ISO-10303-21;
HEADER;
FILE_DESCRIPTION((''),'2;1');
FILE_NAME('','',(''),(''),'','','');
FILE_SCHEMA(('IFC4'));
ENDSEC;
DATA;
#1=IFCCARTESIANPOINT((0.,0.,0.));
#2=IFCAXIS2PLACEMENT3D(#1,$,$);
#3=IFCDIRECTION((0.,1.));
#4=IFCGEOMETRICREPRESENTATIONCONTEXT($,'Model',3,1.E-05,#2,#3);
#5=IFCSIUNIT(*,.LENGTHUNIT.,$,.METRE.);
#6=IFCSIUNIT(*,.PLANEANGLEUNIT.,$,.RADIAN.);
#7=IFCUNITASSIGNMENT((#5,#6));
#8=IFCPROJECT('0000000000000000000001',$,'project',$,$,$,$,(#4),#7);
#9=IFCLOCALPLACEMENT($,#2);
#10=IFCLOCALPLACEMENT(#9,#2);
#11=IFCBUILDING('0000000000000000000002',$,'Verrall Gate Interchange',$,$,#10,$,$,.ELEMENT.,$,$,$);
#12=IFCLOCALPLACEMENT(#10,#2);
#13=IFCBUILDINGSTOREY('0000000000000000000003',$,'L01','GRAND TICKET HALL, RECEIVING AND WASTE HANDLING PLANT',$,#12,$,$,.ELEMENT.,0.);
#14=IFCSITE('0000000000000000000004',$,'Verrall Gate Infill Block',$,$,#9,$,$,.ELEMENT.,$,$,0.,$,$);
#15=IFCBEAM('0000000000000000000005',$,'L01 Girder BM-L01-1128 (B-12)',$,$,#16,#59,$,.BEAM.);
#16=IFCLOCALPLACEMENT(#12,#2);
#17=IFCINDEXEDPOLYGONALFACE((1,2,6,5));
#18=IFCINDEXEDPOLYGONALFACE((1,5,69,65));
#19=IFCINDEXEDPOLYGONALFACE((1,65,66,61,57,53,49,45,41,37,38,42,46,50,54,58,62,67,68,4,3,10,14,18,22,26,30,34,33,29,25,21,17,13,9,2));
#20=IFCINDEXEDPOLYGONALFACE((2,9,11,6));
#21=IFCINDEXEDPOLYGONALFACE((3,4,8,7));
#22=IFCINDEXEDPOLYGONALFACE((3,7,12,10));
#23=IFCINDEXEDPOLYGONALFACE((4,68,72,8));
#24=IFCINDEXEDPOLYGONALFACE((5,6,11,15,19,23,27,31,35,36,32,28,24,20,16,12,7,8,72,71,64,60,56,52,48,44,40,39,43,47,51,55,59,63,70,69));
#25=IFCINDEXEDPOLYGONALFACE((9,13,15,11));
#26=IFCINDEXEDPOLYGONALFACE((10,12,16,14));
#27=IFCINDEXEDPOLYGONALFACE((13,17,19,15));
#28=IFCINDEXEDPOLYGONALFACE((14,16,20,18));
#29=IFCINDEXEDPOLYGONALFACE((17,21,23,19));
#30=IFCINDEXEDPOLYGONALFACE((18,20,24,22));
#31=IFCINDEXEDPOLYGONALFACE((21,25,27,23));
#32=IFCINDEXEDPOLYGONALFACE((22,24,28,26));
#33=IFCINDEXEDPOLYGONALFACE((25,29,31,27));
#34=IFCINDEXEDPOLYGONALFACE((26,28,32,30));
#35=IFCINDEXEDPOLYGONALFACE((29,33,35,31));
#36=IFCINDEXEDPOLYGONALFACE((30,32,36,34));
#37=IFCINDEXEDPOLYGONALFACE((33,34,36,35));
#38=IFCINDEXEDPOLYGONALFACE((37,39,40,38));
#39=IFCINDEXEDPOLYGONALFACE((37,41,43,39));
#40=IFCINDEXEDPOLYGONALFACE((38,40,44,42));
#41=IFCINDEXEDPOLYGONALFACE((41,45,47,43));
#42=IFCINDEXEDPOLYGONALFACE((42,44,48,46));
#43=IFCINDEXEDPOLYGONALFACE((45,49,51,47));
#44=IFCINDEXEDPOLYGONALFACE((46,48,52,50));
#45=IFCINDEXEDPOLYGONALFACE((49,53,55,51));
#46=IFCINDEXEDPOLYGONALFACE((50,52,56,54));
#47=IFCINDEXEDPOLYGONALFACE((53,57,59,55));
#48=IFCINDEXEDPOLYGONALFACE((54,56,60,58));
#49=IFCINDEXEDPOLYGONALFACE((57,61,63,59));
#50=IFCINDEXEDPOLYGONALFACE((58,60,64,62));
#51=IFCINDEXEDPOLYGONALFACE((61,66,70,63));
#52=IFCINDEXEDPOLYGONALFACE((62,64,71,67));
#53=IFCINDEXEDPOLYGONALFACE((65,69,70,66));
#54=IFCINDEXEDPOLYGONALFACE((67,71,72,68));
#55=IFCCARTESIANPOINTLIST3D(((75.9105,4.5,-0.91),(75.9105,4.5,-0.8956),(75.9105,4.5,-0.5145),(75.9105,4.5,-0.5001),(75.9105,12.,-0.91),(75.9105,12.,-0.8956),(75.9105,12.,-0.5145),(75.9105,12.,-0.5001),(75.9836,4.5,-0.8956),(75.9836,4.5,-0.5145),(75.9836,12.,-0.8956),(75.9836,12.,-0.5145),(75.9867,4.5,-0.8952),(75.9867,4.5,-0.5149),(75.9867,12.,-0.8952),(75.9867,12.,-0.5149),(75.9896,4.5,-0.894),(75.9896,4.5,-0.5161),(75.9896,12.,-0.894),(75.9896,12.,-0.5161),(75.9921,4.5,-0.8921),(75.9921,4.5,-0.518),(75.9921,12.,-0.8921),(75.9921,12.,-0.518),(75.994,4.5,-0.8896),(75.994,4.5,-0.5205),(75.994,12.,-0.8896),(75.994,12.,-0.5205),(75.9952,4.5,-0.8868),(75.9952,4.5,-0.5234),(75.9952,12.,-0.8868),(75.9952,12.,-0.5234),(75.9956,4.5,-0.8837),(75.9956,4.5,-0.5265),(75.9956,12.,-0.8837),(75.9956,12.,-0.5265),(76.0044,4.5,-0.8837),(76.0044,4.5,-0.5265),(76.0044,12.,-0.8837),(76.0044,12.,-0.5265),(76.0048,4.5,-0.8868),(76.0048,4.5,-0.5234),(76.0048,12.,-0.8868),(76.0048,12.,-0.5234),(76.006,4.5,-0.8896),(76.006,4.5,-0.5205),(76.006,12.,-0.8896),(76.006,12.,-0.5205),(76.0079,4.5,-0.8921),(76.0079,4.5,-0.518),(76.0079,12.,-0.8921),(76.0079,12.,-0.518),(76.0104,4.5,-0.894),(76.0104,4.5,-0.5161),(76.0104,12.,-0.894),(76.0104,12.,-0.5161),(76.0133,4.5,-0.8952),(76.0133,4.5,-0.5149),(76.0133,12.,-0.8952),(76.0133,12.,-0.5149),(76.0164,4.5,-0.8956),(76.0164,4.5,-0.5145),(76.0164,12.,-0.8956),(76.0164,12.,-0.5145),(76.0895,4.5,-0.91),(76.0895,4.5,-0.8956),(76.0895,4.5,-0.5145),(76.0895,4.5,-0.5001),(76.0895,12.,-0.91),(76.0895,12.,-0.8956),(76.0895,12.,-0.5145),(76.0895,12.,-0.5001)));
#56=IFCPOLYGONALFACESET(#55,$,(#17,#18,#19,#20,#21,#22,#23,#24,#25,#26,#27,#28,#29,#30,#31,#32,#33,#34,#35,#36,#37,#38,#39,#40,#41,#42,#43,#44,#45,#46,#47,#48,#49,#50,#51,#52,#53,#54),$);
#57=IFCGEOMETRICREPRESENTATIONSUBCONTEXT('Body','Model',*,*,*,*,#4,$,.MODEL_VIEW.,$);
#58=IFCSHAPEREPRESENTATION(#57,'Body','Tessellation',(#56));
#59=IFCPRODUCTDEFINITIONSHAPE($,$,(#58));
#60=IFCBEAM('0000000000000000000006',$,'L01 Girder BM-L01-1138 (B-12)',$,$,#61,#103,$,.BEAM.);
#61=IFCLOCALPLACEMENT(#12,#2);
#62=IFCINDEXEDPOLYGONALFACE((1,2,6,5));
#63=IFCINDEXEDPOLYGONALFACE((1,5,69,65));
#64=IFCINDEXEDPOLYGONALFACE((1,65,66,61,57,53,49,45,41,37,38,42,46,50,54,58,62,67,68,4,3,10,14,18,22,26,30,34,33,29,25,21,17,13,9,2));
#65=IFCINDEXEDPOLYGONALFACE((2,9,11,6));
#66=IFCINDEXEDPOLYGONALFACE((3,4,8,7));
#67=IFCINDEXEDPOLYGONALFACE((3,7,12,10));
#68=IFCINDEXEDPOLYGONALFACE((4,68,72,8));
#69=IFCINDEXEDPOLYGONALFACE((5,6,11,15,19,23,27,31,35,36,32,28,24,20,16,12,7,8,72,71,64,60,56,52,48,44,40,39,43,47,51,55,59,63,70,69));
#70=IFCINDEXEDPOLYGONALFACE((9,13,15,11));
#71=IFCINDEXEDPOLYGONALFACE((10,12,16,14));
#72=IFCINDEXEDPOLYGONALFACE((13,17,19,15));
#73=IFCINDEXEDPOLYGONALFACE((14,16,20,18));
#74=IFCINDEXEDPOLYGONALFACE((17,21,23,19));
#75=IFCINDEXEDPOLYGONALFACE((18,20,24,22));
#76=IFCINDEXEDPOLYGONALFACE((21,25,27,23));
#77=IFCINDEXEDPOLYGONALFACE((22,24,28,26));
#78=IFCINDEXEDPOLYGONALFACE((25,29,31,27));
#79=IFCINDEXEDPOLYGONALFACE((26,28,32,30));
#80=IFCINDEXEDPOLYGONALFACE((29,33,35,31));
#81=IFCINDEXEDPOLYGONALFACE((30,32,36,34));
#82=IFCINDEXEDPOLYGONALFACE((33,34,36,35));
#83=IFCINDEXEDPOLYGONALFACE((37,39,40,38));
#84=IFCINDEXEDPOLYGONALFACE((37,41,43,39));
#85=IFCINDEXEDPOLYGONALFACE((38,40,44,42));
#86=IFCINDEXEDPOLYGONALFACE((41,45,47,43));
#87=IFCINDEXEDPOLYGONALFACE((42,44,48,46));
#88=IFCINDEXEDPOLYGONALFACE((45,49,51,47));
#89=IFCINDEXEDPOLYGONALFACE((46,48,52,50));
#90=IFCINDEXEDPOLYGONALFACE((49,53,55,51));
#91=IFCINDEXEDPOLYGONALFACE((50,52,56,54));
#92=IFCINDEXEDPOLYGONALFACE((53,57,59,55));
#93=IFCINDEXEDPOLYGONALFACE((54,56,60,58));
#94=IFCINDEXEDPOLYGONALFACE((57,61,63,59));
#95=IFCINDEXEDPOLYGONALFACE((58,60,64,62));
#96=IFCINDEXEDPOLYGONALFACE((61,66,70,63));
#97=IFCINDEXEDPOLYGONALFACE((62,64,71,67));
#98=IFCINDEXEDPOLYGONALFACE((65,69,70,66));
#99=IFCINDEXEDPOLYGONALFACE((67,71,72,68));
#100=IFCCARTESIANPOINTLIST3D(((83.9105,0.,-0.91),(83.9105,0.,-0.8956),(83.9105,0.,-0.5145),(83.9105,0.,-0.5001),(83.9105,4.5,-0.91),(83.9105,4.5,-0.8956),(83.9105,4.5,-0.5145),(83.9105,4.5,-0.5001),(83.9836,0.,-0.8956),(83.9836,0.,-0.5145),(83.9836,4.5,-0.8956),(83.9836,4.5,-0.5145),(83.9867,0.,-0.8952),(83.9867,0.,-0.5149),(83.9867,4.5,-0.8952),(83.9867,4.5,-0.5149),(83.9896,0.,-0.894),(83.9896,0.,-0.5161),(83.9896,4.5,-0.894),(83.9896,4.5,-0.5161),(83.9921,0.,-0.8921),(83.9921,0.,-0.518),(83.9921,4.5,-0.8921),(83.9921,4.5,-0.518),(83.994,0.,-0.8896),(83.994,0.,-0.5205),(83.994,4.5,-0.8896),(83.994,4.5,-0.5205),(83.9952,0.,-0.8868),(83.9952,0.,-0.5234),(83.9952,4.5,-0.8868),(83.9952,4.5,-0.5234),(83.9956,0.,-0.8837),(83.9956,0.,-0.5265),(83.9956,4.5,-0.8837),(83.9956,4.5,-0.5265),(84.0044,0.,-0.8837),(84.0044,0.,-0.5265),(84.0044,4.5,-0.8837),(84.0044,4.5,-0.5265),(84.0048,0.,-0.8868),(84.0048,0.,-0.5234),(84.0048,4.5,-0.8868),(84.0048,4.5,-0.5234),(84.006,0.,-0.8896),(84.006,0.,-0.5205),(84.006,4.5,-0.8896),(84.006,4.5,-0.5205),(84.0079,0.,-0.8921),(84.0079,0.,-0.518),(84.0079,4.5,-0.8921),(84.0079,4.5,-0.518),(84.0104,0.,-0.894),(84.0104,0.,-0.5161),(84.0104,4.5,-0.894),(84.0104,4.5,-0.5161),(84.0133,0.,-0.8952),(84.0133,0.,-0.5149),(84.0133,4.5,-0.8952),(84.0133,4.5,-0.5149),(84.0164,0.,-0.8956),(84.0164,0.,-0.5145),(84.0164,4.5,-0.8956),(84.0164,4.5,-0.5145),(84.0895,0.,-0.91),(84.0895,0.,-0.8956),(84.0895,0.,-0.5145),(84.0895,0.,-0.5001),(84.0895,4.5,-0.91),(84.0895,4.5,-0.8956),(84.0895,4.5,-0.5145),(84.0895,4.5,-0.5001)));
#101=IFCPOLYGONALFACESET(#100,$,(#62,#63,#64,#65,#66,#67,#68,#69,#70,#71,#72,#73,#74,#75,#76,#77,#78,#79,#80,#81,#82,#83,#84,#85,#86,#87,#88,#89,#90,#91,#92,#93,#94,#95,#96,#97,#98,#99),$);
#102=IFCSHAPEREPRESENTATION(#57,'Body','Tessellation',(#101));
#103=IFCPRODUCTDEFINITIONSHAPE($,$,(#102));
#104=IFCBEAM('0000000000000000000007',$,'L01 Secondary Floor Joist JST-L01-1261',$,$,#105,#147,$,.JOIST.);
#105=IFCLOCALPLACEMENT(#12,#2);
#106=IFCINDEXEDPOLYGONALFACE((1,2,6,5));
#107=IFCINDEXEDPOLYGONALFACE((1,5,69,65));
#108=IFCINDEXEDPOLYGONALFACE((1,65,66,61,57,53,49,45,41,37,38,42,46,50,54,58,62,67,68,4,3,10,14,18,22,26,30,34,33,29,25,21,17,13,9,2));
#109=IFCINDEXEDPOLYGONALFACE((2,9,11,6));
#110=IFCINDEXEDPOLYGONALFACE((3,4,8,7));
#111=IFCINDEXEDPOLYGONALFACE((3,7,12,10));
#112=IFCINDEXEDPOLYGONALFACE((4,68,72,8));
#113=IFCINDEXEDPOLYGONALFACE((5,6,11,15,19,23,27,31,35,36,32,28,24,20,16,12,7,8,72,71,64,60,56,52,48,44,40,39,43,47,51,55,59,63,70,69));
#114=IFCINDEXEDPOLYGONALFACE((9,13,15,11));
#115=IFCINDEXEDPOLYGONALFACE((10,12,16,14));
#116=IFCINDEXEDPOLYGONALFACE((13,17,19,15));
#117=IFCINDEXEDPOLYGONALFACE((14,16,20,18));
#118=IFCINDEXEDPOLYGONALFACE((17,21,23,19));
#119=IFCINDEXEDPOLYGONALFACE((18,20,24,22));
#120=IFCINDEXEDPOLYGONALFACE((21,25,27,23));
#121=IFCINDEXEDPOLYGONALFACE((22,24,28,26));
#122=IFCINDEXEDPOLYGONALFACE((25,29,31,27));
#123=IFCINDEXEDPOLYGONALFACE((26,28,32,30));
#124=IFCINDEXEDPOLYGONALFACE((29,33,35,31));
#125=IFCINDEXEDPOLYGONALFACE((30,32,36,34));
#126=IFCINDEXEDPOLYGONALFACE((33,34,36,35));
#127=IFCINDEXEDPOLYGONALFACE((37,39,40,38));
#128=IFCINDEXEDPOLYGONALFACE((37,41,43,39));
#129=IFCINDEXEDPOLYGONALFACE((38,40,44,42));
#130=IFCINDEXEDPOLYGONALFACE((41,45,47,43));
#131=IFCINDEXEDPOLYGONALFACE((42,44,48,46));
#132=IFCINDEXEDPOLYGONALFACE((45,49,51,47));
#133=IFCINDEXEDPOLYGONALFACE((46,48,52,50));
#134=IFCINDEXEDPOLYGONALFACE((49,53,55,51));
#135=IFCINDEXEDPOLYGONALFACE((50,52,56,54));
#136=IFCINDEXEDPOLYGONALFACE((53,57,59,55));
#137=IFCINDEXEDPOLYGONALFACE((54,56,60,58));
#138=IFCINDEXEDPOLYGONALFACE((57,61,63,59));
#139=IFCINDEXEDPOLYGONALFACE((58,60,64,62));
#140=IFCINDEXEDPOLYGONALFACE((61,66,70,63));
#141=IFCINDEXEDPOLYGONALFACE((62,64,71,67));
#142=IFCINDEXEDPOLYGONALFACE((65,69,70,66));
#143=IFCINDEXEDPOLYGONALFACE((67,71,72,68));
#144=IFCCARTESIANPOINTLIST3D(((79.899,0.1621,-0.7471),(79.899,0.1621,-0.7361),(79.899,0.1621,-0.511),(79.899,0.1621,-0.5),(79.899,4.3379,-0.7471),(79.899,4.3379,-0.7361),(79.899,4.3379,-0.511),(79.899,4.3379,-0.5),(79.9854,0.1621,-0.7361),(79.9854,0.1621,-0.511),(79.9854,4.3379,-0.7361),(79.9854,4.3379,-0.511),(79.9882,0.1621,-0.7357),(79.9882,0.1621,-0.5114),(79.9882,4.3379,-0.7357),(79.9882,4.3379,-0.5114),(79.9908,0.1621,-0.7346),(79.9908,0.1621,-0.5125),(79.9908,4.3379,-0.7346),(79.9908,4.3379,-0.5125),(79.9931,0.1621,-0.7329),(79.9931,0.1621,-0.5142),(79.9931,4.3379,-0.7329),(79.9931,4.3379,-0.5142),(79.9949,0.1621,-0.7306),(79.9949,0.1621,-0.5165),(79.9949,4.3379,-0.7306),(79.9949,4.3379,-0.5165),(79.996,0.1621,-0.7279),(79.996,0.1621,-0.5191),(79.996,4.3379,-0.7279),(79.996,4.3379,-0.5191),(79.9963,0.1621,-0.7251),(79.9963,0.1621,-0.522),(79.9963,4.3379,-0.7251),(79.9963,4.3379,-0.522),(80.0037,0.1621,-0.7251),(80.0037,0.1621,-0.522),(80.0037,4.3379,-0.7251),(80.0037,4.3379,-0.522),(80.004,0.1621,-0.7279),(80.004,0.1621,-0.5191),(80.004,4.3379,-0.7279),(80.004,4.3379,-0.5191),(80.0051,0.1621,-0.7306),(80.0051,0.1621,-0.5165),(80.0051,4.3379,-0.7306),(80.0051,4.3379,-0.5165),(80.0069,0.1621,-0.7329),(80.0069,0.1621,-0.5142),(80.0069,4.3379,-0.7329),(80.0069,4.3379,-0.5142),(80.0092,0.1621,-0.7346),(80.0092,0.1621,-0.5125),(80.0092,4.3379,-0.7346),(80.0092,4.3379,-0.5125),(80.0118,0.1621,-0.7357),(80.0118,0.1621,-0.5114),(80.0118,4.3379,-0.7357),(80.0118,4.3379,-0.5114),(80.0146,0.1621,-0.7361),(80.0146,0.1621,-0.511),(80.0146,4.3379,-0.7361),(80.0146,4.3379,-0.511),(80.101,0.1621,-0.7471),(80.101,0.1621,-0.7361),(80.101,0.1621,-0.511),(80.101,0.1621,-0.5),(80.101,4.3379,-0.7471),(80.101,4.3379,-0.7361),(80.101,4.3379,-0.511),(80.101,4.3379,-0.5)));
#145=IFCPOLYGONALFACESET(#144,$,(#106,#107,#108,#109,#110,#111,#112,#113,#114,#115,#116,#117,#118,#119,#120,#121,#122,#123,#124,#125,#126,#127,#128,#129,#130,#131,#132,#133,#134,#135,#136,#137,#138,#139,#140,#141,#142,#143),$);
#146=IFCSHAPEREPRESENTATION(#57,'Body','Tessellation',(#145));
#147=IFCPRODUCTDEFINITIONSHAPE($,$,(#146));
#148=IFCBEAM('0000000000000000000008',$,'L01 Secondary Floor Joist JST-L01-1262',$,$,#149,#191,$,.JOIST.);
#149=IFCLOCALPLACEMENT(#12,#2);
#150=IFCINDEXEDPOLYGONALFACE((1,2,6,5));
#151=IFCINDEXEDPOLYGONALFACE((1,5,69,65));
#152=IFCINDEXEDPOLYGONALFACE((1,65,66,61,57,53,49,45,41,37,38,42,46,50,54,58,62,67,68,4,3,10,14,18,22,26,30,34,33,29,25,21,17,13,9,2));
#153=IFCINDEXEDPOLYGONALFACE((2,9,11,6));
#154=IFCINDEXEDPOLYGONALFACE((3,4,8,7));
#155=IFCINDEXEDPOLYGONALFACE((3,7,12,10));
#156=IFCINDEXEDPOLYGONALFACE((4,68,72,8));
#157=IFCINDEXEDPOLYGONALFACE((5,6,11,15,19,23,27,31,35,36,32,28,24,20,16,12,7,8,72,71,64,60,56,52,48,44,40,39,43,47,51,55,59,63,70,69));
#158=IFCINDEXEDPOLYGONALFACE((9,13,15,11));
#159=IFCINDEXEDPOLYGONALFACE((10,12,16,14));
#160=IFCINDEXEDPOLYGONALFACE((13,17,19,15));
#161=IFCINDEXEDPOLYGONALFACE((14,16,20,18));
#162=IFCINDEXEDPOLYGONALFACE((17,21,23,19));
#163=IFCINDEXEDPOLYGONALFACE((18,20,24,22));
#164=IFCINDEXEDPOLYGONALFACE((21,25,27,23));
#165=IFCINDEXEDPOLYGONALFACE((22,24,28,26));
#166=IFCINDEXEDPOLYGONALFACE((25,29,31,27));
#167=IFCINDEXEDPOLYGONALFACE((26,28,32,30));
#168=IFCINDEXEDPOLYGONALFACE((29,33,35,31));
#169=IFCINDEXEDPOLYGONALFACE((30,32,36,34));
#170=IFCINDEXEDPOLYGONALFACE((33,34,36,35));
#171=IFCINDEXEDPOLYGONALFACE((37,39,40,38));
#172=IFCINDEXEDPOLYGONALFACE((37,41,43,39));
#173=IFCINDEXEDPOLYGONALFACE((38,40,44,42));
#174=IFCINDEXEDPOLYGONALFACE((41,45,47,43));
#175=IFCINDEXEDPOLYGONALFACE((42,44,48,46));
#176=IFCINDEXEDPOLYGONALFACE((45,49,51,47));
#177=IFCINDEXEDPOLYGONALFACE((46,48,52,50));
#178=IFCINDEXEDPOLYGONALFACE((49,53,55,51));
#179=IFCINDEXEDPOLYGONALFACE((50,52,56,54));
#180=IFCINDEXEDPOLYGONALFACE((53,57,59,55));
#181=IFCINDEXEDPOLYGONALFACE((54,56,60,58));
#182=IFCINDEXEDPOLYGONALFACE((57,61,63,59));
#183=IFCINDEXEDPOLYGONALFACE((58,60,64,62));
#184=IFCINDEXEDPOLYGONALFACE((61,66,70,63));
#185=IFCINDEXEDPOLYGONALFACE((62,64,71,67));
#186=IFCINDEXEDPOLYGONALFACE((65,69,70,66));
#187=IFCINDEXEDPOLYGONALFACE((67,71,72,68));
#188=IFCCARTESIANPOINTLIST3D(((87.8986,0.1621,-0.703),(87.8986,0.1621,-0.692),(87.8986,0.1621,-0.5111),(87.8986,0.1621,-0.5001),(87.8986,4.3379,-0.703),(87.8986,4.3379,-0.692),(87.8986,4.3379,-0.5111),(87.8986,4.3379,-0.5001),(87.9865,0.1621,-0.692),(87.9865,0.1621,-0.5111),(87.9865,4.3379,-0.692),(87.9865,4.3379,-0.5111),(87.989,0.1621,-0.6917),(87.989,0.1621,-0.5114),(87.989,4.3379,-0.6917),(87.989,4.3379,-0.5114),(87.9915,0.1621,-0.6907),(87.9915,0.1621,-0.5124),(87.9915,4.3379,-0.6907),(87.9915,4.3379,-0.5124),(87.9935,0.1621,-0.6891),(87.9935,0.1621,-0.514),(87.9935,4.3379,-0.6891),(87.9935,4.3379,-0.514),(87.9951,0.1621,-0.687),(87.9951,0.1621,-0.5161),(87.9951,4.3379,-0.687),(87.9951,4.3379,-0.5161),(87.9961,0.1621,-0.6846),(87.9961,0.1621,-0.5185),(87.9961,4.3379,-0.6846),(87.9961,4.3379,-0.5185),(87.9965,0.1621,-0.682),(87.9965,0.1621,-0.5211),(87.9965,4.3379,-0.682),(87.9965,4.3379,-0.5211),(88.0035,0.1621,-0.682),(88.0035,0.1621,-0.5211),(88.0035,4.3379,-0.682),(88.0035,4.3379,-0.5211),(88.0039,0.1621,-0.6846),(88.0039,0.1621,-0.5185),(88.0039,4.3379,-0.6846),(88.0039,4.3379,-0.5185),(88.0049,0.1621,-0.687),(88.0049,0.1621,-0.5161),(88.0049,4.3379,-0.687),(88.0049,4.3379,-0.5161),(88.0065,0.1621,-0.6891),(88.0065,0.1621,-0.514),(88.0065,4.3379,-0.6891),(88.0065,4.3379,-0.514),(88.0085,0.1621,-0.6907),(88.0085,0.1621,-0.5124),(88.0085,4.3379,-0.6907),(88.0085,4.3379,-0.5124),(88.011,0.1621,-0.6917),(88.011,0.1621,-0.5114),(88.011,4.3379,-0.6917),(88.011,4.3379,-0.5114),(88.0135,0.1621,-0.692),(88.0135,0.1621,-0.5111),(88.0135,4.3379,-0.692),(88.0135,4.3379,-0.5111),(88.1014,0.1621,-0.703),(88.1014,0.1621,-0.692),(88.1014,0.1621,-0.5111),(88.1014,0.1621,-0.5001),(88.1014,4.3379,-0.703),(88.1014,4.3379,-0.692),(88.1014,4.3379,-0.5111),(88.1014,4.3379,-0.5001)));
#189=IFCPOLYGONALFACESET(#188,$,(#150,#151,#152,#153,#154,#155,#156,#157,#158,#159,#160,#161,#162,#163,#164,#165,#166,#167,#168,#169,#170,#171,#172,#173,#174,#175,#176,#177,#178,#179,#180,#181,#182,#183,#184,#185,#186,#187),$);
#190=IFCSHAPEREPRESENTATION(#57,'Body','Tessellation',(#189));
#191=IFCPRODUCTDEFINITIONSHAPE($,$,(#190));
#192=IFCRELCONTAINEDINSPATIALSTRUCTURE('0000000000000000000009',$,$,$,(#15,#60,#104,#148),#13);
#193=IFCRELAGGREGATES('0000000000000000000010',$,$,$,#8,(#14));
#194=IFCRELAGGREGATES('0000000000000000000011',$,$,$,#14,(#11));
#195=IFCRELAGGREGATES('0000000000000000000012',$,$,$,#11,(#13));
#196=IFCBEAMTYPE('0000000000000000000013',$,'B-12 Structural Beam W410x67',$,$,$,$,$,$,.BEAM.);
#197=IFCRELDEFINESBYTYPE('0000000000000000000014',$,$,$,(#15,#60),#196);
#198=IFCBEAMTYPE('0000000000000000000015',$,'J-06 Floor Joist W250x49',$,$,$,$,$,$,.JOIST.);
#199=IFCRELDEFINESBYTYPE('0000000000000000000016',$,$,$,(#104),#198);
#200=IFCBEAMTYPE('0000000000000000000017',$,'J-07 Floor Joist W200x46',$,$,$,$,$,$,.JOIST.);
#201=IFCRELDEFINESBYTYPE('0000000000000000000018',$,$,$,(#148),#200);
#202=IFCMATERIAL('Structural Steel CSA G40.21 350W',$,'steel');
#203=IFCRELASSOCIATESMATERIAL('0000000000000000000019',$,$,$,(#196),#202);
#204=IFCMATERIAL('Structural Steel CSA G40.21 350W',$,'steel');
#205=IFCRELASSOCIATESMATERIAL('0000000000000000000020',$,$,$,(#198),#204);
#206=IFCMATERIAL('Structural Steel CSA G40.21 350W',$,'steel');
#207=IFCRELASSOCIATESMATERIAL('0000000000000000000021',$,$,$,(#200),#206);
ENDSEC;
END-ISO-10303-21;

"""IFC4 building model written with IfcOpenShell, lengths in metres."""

from ifc_helpers import new_model, si_unit, direction, frame, origin, origin_2d, place, context, subcontext, project, spatial, i_section, extrude, material, material_profile, profile_set, type_object, element, save


model = new_model("IFC4")

# Units and contexts
model_context = context("Model", 3, precision=1e-05, world=origin(), true_north=direction((0.0, 1.0)))
body_context = subcontext(model_context, "Body", "Model", "MODEL_VIEW")
ifc_project = project(units=[si_unit("LENGTHUNIT", "METRE"), si_unit("PLANEANGLEUNIT", "RADIAN")], contexts=[model_context])

# Site, building, storey
site_placement = place(None, origin())
site = spatial("IfcSite", under=ifc_project, at=site_placement, Name="Verrall Gate Infill Block", CompositionType="ELEMENT", RefElevation=0.0)
building_placement = place(site_placement, origin())
building = spatial("IfcBuilding", under=site, at=building_placement, Name="Verrall Gate Interchange", CompositionType="ELEMENT")
storey_placement = place(building_placement, origin())
storey = spatial("IfcBuildingStorey", under=building, at=storey_placement, Name="L01", Description="GRAND TICKET HALL, RECEIVING AND WASTE HANDLING PLANT", CompositionType="ELEMENT", Elevation=0.0)

# Beams
ifc_material_1 = material(Name="Structural Steel CSA G40.21 350W", Category="steel")
ifc_material_profile_1 = material_profile(ifc_material_1, i_section(OverallWidth=0.179, OverallDepth=0.4099, WebThickness=0.0088, FlangeThickness=0.0144, FilletRadius=0.012, at=origin_2d()), Name="W410x67")
ifc_profile_set_1 = profile_set([ifc_material_profile_1], Name="Structural Steel CSA G40.21 350W")
beam_type_1 = type_object("IfcBeamType", Name="B-12 Structural Beam W410x67", PredefinedType="BEAM", material=ifc_profile_set_1)
beam_1_placement = place(storey_placement, frame((76.0, 4.5, -0.7051), z_axis=(0.0, 1.0, 0.0), x_axis=(-1.0, 0.0, 0.0)))
element("IfcBeam", 1, at=beam_1_placement, inside=storey, type_object=beam_type_1, Name="L01 Girder BM-L01-1128 (B-12)", PredefinedType="BEAM", context=body_context, shape_type="SweptSolid", body=[
    extrude(i_section(OverallWidth=0.179, OverallDepth=0.4099, WebThickness=0.0088, FlangeThickness=0.0144, FilletRadius=0.012, at=origin_2d()), origin(), (0.0, 0.0, 1.0), 7.5),
])
beam_2_placement = place(storey_placement, frame((84.0, 0.0, -0.7051), z_axis=(0.0, 1.0, 0.0), x_axis=(-1.0, 0.0, 0.0)))
element("IfcBeam", 2, at=beam_2_placement, inside=storey, type_object=beam_type_1, Name="L01 Girder BM-L01-1138 (B-12)", PredefinedType="BEAM", context=body_context, shape_type="SweptSolid", body=[
    extrude(i_section(OverallWidth=0.179, OverallDepth=0.4099, WebThickness=0.0088, FlangeThickness=0.0144, FilletRadius=0.012, at=origin_2d()), origin(), (0.0, 0.0, 1.0), 4.5),
])
ifc_material_2 = material(Name="Structural Steel CSA G40.21 350W", Category="steel")
ifc_material_profile_2 = material_profile(ifc_material_2, i_section(OverallWidth=0.2019, OverallDepth=0.2471, WebThickness=0.0073, FlangeThickness=0.011, FilletRadius=0.011, at=origin_2d()), Name="W250x49")
ifc_profile_set_2 = profile_set([ifc_material_profile_2], Name="Structural Steel CSA G40.21 350W")
beam_type_2 = type_object("IfcBeamType", Name="J-06 Floor Joist W250x49", PredefinedType="JOIST", material=ifc_profile_set_2)
beam_3_placement = place(storey_placement, frame((80.0, 0.1621, -0.6235), z_axis=(0.0, 1.0, 0.0), x_axis=(-1.0, 0.0, 0.0)))
element("IfcBeam", 3, at=beam_3_placement, inside=storey, type_object=beam_type_2, Name="L01 Secondary Floor Joist JST-L01-1261", PredefinedType="JOIST", context=body_context, shape_type="SweptSolid", body=[
    extrude(i_section(OverallWidth=0.2019, OverallDepth=0.2471, WebThickness=0.0073, FlangeThickness=0.011, FilletRadius=0.011, at=origin_2d()), origin(), (0.0, 0.0, 1.0), 4.1758),
])
ifc_material_3 = material(Name="Structural Steel CSA G40.21 350W", Category="steel")
ifc_material_profile_3 = material_profile(ifc_material_3, i_section(OverallWidth=0.2029, OverallDepth=0.2029, WebThickness=0.0071, FlangeThickness=0.011, FilletRadius=0.01, at=origin_2d()), Name="W200x46")
ifc_profile_set_3 = profile_set([ifc_material_profile_3], Name="Structural Steel CSA G40.21 350W")
beam_type_3 = type_object("IfcBeamType", Name="J-07 Floor Joist W200x46", PredefinedType="JOIST", material=ifc_profile_set_3)
beam_4_placement = place(storey_placement, frame((88.0, 0.1621, -0.6016), z_axis=(0.0, 1.0, 0.0), x_axis=(-1.0, 0.0, 0.0)))
element("IfcBeam", 4, at=beam_4_placement, inside=storey, type_object=beam_type_3, Name="L01 Secondary Floor Joist JST-L01-1262", PredefinedType="JOIST", context=body_context, shape_type="SweptSolid", body=[
    extrude(i_section(OverallWidth=0.2029, OverallDepth=0.2029, WebThickness=0.0071, FlangeThickness=0.011, FilletRadius=0.01, at=origin_2d()), origin(), (0.0, 0.0, 1.0), 4.1758),
])

save(model, "model.ifc")
